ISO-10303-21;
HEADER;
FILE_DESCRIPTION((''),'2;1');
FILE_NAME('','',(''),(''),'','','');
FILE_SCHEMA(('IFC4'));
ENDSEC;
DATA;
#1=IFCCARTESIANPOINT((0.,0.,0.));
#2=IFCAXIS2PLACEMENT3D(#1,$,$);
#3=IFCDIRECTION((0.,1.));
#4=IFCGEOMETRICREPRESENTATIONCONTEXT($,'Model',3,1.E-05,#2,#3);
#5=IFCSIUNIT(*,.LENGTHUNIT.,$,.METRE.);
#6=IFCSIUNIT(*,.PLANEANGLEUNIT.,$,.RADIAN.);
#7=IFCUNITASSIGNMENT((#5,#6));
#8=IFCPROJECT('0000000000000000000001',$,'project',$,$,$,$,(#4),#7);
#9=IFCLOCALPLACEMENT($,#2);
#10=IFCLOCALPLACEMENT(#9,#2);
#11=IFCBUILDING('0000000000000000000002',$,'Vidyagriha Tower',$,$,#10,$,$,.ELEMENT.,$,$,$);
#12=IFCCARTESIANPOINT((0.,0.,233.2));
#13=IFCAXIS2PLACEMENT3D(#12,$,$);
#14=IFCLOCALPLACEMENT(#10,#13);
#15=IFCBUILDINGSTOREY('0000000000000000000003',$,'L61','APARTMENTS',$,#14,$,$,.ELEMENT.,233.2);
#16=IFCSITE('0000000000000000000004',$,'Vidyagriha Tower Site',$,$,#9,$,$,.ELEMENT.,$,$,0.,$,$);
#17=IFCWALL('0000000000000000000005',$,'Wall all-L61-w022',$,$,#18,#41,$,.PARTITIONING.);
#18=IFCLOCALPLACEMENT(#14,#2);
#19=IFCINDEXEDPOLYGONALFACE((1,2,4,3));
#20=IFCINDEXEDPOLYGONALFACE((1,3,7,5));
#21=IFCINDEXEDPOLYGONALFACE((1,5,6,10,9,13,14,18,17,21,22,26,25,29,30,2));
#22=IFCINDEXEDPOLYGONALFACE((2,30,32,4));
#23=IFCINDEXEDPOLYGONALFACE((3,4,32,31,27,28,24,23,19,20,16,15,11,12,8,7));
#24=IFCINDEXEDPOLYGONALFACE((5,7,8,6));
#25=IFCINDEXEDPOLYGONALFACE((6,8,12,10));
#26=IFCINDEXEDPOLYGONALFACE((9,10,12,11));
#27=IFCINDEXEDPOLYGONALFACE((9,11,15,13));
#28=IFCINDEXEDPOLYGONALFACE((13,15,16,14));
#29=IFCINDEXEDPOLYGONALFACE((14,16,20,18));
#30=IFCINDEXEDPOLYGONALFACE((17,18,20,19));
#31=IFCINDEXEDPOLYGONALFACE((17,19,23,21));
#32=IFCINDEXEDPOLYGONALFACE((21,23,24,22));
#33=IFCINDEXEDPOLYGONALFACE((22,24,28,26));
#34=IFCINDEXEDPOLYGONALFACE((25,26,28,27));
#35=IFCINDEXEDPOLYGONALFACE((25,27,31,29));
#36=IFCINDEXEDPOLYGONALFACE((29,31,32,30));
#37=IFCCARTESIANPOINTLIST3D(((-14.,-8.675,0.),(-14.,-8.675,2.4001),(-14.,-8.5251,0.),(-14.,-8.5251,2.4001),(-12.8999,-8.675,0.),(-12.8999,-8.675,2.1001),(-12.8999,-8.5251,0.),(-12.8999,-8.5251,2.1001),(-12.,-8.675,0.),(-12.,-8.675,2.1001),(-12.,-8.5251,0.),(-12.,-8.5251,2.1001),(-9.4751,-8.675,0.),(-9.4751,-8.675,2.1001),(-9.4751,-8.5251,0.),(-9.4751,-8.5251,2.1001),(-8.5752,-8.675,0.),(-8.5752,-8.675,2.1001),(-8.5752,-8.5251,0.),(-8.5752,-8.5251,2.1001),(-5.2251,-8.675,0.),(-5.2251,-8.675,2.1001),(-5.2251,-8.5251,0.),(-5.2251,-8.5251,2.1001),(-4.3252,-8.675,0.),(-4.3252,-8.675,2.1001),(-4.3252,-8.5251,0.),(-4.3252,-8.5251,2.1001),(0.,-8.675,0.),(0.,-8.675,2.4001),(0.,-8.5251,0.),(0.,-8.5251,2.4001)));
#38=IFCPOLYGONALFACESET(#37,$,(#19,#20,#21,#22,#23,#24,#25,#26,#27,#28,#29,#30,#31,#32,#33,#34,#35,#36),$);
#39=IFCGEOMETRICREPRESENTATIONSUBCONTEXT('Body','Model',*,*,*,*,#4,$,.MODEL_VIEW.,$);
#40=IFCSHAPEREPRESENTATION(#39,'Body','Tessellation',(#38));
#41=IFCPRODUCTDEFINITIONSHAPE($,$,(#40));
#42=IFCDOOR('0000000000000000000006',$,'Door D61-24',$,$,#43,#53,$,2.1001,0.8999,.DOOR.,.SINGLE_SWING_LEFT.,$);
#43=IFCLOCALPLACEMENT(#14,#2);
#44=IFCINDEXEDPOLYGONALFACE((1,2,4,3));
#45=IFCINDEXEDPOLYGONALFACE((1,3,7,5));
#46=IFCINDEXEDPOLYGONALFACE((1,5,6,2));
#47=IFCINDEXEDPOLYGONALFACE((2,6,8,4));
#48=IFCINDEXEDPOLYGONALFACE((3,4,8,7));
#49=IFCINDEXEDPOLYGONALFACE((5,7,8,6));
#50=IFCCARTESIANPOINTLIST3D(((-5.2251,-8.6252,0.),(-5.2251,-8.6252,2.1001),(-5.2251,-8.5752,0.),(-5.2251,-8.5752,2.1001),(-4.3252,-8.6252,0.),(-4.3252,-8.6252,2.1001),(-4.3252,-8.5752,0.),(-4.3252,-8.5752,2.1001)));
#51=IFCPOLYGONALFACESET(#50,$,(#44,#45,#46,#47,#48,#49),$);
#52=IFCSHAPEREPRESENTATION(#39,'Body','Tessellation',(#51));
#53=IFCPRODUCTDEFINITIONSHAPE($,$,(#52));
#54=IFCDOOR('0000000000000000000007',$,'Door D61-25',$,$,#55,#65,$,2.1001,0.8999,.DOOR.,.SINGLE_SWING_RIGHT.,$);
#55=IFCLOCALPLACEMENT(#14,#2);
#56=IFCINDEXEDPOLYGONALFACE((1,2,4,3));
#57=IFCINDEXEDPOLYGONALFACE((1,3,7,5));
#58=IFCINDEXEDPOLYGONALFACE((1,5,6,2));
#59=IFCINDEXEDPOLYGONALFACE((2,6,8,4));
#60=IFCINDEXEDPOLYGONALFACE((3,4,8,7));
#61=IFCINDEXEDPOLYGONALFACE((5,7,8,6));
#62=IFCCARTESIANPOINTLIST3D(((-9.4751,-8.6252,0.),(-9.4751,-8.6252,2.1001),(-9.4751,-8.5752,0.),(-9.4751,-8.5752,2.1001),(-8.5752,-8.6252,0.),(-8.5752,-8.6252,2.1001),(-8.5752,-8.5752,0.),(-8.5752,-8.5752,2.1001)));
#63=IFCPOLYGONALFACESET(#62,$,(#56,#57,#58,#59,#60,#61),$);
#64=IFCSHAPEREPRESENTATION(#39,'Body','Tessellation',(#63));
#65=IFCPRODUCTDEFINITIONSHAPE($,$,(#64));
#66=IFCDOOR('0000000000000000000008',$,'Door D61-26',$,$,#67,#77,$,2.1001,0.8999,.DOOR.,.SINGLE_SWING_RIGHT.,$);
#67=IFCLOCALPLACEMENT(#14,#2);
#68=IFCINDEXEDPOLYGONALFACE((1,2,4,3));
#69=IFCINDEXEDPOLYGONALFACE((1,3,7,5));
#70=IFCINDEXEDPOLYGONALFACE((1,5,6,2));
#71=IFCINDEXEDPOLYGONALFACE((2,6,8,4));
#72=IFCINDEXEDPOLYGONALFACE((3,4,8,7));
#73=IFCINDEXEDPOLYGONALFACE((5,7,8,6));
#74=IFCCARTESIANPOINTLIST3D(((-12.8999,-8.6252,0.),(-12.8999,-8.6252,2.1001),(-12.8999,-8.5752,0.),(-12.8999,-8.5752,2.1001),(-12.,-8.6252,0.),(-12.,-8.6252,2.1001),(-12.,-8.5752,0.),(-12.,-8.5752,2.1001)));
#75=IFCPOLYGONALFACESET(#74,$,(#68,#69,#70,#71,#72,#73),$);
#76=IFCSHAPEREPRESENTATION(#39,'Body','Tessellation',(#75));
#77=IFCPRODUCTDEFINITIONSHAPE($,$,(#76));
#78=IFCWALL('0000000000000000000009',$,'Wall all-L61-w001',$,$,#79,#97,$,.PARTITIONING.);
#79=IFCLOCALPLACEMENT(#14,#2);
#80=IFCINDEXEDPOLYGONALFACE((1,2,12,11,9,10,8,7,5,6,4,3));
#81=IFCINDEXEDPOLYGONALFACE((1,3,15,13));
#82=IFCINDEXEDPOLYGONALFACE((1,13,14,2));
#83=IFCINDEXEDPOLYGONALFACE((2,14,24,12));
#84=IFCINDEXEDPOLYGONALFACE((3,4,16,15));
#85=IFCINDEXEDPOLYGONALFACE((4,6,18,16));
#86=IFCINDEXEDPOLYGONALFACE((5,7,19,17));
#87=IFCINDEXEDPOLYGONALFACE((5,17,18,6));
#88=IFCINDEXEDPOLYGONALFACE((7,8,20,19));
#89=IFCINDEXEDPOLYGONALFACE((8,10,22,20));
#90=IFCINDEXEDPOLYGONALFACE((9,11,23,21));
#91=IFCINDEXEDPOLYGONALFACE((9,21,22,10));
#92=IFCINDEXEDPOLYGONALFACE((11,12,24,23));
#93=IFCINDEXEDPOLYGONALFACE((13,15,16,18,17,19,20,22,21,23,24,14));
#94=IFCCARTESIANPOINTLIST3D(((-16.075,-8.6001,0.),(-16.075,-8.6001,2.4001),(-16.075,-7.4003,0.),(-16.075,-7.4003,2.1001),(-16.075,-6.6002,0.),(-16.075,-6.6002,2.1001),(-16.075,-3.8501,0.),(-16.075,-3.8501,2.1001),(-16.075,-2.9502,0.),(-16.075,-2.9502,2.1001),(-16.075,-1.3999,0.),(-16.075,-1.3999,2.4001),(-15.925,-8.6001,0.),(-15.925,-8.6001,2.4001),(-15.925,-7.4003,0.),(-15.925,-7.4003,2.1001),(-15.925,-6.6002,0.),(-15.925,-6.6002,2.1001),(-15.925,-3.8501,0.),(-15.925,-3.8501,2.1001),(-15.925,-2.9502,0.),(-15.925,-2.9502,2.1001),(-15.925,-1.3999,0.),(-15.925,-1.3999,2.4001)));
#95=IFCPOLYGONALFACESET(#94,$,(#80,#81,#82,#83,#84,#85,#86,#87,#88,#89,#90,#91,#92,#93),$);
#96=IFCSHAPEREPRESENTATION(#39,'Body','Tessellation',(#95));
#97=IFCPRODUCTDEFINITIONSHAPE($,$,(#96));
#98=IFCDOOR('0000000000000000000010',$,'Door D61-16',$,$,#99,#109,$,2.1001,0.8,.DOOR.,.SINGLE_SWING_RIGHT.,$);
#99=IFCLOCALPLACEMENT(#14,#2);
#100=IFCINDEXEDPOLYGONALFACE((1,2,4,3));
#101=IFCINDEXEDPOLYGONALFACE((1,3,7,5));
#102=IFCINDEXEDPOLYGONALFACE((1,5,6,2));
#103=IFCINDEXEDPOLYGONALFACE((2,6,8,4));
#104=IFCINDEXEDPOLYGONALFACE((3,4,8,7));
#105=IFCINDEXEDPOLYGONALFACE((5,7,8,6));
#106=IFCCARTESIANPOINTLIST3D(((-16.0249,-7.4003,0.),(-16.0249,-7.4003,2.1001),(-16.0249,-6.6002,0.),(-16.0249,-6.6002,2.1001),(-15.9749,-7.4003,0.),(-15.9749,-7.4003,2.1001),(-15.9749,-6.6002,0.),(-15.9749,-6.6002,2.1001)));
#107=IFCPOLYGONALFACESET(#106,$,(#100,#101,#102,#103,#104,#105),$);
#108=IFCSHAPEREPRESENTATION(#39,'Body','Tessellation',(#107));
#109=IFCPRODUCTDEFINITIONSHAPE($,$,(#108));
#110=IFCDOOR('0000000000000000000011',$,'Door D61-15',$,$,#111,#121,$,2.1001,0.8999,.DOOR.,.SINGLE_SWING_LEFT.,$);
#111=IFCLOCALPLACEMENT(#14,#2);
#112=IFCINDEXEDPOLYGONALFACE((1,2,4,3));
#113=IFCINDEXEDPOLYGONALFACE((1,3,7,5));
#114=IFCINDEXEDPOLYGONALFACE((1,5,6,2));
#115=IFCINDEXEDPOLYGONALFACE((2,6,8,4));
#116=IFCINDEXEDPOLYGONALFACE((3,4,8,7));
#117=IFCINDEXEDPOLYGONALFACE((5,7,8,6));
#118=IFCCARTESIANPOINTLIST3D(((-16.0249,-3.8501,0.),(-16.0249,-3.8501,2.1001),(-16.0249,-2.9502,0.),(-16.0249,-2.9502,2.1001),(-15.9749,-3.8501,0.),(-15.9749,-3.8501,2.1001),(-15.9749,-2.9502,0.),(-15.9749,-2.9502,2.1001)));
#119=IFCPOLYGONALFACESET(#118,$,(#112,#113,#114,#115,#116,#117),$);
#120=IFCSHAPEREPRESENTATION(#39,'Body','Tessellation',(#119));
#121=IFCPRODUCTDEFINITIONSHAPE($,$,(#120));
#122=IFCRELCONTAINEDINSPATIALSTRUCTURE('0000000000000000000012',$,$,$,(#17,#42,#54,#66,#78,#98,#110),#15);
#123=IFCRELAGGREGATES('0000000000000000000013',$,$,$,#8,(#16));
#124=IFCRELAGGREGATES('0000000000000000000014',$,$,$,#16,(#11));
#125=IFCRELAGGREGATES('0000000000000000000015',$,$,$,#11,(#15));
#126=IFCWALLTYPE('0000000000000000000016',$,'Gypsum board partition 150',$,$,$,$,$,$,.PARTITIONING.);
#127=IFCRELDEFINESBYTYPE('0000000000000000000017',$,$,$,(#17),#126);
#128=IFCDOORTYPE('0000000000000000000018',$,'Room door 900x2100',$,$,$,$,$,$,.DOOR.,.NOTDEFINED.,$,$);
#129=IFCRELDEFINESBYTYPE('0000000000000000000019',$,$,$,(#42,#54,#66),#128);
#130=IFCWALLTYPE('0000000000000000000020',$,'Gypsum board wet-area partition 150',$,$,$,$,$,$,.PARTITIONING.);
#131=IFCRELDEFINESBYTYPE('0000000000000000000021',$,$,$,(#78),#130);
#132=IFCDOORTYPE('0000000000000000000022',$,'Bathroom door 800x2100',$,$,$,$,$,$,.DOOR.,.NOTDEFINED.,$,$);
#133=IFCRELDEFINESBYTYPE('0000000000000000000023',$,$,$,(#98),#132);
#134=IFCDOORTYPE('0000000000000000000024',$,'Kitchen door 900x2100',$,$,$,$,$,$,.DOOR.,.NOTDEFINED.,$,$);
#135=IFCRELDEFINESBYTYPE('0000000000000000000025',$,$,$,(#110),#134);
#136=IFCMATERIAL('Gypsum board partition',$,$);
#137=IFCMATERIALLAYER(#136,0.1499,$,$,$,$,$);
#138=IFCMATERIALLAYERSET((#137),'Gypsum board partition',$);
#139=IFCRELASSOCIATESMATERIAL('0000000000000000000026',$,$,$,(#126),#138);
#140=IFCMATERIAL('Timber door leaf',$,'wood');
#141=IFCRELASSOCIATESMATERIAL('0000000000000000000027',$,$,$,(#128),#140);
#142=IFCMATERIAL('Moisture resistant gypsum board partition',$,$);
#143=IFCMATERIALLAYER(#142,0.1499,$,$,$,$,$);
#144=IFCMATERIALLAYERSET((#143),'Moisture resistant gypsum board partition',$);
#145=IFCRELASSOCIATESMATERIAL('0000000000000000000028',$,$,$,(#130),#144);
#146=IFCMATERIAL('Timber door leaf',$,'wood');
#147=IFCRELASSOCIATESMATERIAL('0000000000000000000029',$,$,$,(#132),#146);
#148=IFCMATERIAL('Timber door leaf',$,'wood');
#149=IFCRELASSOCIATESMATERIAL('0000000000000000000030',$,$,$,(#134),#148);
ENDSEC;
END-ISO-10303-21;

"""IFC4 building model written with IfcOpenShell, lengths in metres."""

from ifc_helpers import new_model, si_unit, direction, frame, frame_2d, origin, place, context, subcontext, project, spatial, rectangle, extrude, material, layer, layer_set, type_object, element, fill, save


model = new_model("IFC4")

# Units and contexts
model_context = context("Model", 3, precision=1e-05, world=origin(), true_north=direction((0.0, 1.0)))
body_context = subcontext(model_context, "Body", "Model", "MODEL_VIEW")
ifc_project = project(units=[si_unit("LENGTHUNIT", "METRE"), si_unit("PLANEANGLEUNIT", "RADIAN")], contexts=[model_context])

# Site, building, storey
site_placement = place(None, origin())
site = spatial("IfcSite", under=ifc_project, at=site_placement, Name="Vidyagriha Tower Site", CompositionType="ELEMENT", RefElevation=0.0)
building_placement = place(site_placement, origin())
building = spatial("IfcBuilding", under=site, at=building_placement, Name="Vidyagriha Tower", CompositionType="ELEMENT")
storey_placement = place(building_placement, frame((0.0, 0.0, 233.2)))
storey = spatial("IfcBuildingStorey", under=building, at=storey_placement, Name="L61", Description="APARTMENTS", CompositionType="ELEMENT", Elevation=233.2)

# Shared definitions
ifc_material_1 = material(Name="Gypsum board partition")
ifc_layer_1 = layer(ifc_material_1, 0.1499)
ifc_layer_set_1 = layer_set([ifc_layer_1], Name="Gypsum board partition")
wall_type_1 = type_object("IfcWallType", Name="Gypsum board partition 150", PredefinedType="PARTITIONING", material=ifc_layer_set_1)

# Walls, openings, doors
ifc_material_2 = material(Name="Timber door leaf", Category="wood")
door_type_1 = type_object("IfcDoorType", Name="Room door 900x2100", OperationType="NOTDEFINED", PredefinedType="DOOR", material=ifc_material_2)
wall_1_placement = place(storey_placement, frame((-14.0, -8.6001, 0.0)))
wall_1 = element("IfcWall", 1, at=wall_1_placement, inside=storey, type_object=wall_type_1, Name="Wall all-L61-w022", PredefinedType="PARTITIONING", context=body_context, shape_type="SweptSolid", body=[
    extrude(rectangle(XDim=14.0, YDim=0.1499, at=frame_2d((7.0, 0.0))), origin(), (0.0, 0.0, 1.0), 2.4001),
])
opening_1_placement = place(wall_1_placement, frame((8.7749, 0.0, 0.0)))
opening_1 = element("IfcOpeningElement", 2, at=opening_1_placement, cuts=wall_1, PredefinedType="OPENING", context=body_context, shape_type="SweptSolid", body=[
    extrude(rectangle(XDim=0.8999, YDim=2.1001, at=frame_2d((0.45, 1.05))), frame((0.0, 0.085, 0.0), z_axis=(0.0, -1.0, 0.0), x_axis=(1.0, 0.0, 0.0)), (0.0, 0.0, 1.0), 0.1699),
])
opening_2_placement = place(wall_1_placement, frame((4.5249, 0.0, 0.0)))
opening_2 = element("IfcOpeningElement", 3, at=opening_2_placement, cuts=wall_1, PredefinedType="OPENING", context=body_context, shape_type="SweptSolid", body=[
    extrude(rectangle(XDim=0.8999, YDim=2.1001, at=frame_2d((0.45, 1.05))), frame((0.0, 0.085, 0.0), z_axis=(0.0, -1.0, 0.0), x_axis=(1.0, 0.0, 0.0)), (0.0, 0.0, 1.0), 0.1699),
])
opening_3_placement = place(wall_1_placement, frame((1.1001, 0.0, 0.0)))
opening_3 = element("IfcOpeningElement", 4, at=opening_3_placement, cuts=wall_1, PredefinedType="OPENING", context=body_context, shape_type="SweptSolid", body=[
    extrude(rectangle(XDim=0.8999, YDim=2.1001, at=frame_2d((0.45, 1.05))), frame((0.0, 0.085, 0.0), z_axis=(0.0, -1.0, 0.0), x_axis=(1.0, 0.0, 0.0)), (0.0, 0.0, 1.0), 0.1699),
])
door_1_placement = place(opening_1_placement, origin())
door_1 = element("IfcDoor", 5, at=door_1_placement, inside=storey, type_object=door_type_1, Name="Door D61-24", OperationType="SINGLE_SWING_LEFT", OverallHeight=2.1001, OverallWidth=0.8999, PredefinedType="DOOR", context=body_context, shape_type="SweptSolid", body=[
    extrude(rectangle(XDim=0.8999, YDim=2.1001, at=frame_2d((0.45, 1.05))), frame((0.0, 0.0249, 0.0), z_axis=(0.0, -1.0, 0.0), x_axis=(1.0, 0.0, 0.0)), (0.0, 0.0, 1.0), 0.05),
])
fill(opening_1, door_1)
door_2_placement = place(opening_2_placement, origin())
door_2 = element("IfcDoor", 6, at=door_2_placement, inside=storey, type_object=door_type_1, Name="Door D61-25", OperationType="SINGLE_SWING_RIGHT", OverallHeight=2.1001, OverallWidth=0.8999, PredefinedType="DOOR", context=body_context, shape_type="SweptSolid", body=[
    extrude(rectangle(XDim=0.8999, YDim=2.1001, at=frame_2d((0.45, 1.05))), frame((0.0, 0.0249, 0.0), z_axis=(0.0, -1.0, 0.0), x_axis=(1.0, 0.0, 0.0)), (0.0, 0.0, 1.0), 0.05),
])
fill(opening_2, door_2)
door_3_placement = place(opening_3_placement, origin())
door_3 = element("IfcDoor", 7, at=door_3_placement, inside=storey, type_object=door_type_1, Name="Door D61-26", OperationType="SINGLE_SWING_RIGHT", OverallHeight=2.1001, OverallWidth=0.8999, PredefinedType="DOOR", context=body_context, shape_type="SweptSolid", body=[
    extrude(rectangle(XDim=0.8999, YDim=2.1001, at=frame_2d((0.45, 1.05))), frame((0.0, 0.0249, 0.0), z_axis=(0.0, -1.0, 0.0), x_axis=(1.0, 0.0, 0.0)), (0.0, 0.0, 1.0), 0.05),
])
fill(opening_3, door_3)
ifc_material_3 = material(Name="Moisture resistant gypsum board partition")
ifc_layer_2 = layer(ifc_material_3, 0.1499)
ifc_layer_set_2 = layer_set([ifc_layer_2], Name="Moisture resistant gypsum board partition")
wall_type_2 = type_object("IfcWallType", Name="Gypsum board wet-area partition 150", PredefinedType="PARTITIONING", material=ifc_layer_set_2)
wall_2_placement = place(storey_placement, frame((-16.0, -8.6001, 0.0), z_axis=(0.0, 0.0, 1.0), x_axis=(0.0, 1.0, 0.0)))
wall_2 = element("IfcWall", 8, at=wall_2_placement, inside=storey, type_object=wall_type_2, Name="Wall all-L61-w001", PredefinedType="PARTITIONING", context=body_context, shape_type="SweptSolid", body=[
    extrude(rectangle(XDim=7.2002, YDim=0.1499, at=frame_2d((3.6001, 0.0))), origin(), (0.0, 0.0, 1.0), 2.4001),
])
opening_4_placement = place(wall_2_placement, frame((4.75, 0.0, 0.0)))
opening_4 = element("IfcOpeningElement", 9, at=opening_4_placement, cuts=wall_2, PredefinedType="OPENING", context=body_context, shape_type="SweptSolid", body=[
    extrude(rectangle(XDim=0.8999, YDim=2.1001, at=frame_2d((0.45, 1.05))), frame((0.0, 0.085, 0.0), z_axis=(0.0, -1.0, 0.0), x_axis=(1.0, 0.0, 0.0)), (0.0, 0.0, 1.0), 0.1699),
])
opening_5_placement = place(wall_2_placement, frame((1.2, 0.0, 0.0)))
opening_5 = element("IfcOpeningElement", 10, at=opening_5_placement, cuts=wall_2, PredefinedType="OPENING", context=body_context, shape_type="SweptSolid", body=[
    extrude(rectangle(XDim=0.8, YDim=2.1001, at=frame_2d((0.3999, 1.05))), frame((0.0, 0.085, 0.0), z_axis=(0.0, -1.0, 0.0), x_axis=(1.0, 0.0, 0.0)), (0.0, 0.0, 1.0), 0.1699),
])
ifc_material_4 = material(Name="Timber door leaf", Category="wood")
door_type_2 = type_object("IfcDoorType", Name="Bathroom door 800x2100", OperationType="NOTDEFINED", PredefinedType="DOOR", material=ifc_material_4)
door_4_placement = place(opening_5_placement, origin())
door_4 = element("IfcDoor", 11, at=door_4_placement, inside=storey, type_object=door_type_2, Name="Door D61-16", OperationType="SINGLE_SWING_RIGHT", OverallHeight=2.1001, OverallWidth=0.8, PredefinedType="DOOR", context=body_context, shape_type="SweptSolid", body=[
    extrude(rectangle(XDim=0.8, YDim=2.1001, at=frame_2d((0.3999, 1.05))), frame((0.0, 0.0249, 0.0), z_axis=(0.0, -1.0, 0.0), x_axis=(1.0, 0.0, 0.0)), (0.0, 0.0, 1.0), 0.05),
])
fill(opening_5, door_4)
ifc_material_5 = material(Name="Timber door leaf", Category="wood")
door_type_3 = type_object("IfcDoorType", Name="Kitchen door 900x2100", OperationType="NOTDEFINED", PredefinedType="DOOR", material=ifc_material_5)
door_5_placement = place(opening_4_placement, origin())
door_5 = element("IfcDoor", 12, at=door_5_placement, inside=storey, type_object=door_type_3, Name="Door D61-15", OperationType="SINGLE_SWING_LEFT", OverallHeight=2.1001, OverallWidth=0.8999, PredefinedType="DOOR", context=body_context, shape_type="SweptSolid", body=[
    extrude(rectangle(XDim=0.8999, YDim=2.1001, at=frame_2d((0.45, 1.05))), frame((0.0, 0.0249, 0.0), z_axis=(0.0, -1.0, 0.0), x_axis=(1.0, 0.0, 0.0)), (0.0, 0.0, 1.0), 0.05),
])
fill(opening_4, door_5)

save(model, "model.ifc")
